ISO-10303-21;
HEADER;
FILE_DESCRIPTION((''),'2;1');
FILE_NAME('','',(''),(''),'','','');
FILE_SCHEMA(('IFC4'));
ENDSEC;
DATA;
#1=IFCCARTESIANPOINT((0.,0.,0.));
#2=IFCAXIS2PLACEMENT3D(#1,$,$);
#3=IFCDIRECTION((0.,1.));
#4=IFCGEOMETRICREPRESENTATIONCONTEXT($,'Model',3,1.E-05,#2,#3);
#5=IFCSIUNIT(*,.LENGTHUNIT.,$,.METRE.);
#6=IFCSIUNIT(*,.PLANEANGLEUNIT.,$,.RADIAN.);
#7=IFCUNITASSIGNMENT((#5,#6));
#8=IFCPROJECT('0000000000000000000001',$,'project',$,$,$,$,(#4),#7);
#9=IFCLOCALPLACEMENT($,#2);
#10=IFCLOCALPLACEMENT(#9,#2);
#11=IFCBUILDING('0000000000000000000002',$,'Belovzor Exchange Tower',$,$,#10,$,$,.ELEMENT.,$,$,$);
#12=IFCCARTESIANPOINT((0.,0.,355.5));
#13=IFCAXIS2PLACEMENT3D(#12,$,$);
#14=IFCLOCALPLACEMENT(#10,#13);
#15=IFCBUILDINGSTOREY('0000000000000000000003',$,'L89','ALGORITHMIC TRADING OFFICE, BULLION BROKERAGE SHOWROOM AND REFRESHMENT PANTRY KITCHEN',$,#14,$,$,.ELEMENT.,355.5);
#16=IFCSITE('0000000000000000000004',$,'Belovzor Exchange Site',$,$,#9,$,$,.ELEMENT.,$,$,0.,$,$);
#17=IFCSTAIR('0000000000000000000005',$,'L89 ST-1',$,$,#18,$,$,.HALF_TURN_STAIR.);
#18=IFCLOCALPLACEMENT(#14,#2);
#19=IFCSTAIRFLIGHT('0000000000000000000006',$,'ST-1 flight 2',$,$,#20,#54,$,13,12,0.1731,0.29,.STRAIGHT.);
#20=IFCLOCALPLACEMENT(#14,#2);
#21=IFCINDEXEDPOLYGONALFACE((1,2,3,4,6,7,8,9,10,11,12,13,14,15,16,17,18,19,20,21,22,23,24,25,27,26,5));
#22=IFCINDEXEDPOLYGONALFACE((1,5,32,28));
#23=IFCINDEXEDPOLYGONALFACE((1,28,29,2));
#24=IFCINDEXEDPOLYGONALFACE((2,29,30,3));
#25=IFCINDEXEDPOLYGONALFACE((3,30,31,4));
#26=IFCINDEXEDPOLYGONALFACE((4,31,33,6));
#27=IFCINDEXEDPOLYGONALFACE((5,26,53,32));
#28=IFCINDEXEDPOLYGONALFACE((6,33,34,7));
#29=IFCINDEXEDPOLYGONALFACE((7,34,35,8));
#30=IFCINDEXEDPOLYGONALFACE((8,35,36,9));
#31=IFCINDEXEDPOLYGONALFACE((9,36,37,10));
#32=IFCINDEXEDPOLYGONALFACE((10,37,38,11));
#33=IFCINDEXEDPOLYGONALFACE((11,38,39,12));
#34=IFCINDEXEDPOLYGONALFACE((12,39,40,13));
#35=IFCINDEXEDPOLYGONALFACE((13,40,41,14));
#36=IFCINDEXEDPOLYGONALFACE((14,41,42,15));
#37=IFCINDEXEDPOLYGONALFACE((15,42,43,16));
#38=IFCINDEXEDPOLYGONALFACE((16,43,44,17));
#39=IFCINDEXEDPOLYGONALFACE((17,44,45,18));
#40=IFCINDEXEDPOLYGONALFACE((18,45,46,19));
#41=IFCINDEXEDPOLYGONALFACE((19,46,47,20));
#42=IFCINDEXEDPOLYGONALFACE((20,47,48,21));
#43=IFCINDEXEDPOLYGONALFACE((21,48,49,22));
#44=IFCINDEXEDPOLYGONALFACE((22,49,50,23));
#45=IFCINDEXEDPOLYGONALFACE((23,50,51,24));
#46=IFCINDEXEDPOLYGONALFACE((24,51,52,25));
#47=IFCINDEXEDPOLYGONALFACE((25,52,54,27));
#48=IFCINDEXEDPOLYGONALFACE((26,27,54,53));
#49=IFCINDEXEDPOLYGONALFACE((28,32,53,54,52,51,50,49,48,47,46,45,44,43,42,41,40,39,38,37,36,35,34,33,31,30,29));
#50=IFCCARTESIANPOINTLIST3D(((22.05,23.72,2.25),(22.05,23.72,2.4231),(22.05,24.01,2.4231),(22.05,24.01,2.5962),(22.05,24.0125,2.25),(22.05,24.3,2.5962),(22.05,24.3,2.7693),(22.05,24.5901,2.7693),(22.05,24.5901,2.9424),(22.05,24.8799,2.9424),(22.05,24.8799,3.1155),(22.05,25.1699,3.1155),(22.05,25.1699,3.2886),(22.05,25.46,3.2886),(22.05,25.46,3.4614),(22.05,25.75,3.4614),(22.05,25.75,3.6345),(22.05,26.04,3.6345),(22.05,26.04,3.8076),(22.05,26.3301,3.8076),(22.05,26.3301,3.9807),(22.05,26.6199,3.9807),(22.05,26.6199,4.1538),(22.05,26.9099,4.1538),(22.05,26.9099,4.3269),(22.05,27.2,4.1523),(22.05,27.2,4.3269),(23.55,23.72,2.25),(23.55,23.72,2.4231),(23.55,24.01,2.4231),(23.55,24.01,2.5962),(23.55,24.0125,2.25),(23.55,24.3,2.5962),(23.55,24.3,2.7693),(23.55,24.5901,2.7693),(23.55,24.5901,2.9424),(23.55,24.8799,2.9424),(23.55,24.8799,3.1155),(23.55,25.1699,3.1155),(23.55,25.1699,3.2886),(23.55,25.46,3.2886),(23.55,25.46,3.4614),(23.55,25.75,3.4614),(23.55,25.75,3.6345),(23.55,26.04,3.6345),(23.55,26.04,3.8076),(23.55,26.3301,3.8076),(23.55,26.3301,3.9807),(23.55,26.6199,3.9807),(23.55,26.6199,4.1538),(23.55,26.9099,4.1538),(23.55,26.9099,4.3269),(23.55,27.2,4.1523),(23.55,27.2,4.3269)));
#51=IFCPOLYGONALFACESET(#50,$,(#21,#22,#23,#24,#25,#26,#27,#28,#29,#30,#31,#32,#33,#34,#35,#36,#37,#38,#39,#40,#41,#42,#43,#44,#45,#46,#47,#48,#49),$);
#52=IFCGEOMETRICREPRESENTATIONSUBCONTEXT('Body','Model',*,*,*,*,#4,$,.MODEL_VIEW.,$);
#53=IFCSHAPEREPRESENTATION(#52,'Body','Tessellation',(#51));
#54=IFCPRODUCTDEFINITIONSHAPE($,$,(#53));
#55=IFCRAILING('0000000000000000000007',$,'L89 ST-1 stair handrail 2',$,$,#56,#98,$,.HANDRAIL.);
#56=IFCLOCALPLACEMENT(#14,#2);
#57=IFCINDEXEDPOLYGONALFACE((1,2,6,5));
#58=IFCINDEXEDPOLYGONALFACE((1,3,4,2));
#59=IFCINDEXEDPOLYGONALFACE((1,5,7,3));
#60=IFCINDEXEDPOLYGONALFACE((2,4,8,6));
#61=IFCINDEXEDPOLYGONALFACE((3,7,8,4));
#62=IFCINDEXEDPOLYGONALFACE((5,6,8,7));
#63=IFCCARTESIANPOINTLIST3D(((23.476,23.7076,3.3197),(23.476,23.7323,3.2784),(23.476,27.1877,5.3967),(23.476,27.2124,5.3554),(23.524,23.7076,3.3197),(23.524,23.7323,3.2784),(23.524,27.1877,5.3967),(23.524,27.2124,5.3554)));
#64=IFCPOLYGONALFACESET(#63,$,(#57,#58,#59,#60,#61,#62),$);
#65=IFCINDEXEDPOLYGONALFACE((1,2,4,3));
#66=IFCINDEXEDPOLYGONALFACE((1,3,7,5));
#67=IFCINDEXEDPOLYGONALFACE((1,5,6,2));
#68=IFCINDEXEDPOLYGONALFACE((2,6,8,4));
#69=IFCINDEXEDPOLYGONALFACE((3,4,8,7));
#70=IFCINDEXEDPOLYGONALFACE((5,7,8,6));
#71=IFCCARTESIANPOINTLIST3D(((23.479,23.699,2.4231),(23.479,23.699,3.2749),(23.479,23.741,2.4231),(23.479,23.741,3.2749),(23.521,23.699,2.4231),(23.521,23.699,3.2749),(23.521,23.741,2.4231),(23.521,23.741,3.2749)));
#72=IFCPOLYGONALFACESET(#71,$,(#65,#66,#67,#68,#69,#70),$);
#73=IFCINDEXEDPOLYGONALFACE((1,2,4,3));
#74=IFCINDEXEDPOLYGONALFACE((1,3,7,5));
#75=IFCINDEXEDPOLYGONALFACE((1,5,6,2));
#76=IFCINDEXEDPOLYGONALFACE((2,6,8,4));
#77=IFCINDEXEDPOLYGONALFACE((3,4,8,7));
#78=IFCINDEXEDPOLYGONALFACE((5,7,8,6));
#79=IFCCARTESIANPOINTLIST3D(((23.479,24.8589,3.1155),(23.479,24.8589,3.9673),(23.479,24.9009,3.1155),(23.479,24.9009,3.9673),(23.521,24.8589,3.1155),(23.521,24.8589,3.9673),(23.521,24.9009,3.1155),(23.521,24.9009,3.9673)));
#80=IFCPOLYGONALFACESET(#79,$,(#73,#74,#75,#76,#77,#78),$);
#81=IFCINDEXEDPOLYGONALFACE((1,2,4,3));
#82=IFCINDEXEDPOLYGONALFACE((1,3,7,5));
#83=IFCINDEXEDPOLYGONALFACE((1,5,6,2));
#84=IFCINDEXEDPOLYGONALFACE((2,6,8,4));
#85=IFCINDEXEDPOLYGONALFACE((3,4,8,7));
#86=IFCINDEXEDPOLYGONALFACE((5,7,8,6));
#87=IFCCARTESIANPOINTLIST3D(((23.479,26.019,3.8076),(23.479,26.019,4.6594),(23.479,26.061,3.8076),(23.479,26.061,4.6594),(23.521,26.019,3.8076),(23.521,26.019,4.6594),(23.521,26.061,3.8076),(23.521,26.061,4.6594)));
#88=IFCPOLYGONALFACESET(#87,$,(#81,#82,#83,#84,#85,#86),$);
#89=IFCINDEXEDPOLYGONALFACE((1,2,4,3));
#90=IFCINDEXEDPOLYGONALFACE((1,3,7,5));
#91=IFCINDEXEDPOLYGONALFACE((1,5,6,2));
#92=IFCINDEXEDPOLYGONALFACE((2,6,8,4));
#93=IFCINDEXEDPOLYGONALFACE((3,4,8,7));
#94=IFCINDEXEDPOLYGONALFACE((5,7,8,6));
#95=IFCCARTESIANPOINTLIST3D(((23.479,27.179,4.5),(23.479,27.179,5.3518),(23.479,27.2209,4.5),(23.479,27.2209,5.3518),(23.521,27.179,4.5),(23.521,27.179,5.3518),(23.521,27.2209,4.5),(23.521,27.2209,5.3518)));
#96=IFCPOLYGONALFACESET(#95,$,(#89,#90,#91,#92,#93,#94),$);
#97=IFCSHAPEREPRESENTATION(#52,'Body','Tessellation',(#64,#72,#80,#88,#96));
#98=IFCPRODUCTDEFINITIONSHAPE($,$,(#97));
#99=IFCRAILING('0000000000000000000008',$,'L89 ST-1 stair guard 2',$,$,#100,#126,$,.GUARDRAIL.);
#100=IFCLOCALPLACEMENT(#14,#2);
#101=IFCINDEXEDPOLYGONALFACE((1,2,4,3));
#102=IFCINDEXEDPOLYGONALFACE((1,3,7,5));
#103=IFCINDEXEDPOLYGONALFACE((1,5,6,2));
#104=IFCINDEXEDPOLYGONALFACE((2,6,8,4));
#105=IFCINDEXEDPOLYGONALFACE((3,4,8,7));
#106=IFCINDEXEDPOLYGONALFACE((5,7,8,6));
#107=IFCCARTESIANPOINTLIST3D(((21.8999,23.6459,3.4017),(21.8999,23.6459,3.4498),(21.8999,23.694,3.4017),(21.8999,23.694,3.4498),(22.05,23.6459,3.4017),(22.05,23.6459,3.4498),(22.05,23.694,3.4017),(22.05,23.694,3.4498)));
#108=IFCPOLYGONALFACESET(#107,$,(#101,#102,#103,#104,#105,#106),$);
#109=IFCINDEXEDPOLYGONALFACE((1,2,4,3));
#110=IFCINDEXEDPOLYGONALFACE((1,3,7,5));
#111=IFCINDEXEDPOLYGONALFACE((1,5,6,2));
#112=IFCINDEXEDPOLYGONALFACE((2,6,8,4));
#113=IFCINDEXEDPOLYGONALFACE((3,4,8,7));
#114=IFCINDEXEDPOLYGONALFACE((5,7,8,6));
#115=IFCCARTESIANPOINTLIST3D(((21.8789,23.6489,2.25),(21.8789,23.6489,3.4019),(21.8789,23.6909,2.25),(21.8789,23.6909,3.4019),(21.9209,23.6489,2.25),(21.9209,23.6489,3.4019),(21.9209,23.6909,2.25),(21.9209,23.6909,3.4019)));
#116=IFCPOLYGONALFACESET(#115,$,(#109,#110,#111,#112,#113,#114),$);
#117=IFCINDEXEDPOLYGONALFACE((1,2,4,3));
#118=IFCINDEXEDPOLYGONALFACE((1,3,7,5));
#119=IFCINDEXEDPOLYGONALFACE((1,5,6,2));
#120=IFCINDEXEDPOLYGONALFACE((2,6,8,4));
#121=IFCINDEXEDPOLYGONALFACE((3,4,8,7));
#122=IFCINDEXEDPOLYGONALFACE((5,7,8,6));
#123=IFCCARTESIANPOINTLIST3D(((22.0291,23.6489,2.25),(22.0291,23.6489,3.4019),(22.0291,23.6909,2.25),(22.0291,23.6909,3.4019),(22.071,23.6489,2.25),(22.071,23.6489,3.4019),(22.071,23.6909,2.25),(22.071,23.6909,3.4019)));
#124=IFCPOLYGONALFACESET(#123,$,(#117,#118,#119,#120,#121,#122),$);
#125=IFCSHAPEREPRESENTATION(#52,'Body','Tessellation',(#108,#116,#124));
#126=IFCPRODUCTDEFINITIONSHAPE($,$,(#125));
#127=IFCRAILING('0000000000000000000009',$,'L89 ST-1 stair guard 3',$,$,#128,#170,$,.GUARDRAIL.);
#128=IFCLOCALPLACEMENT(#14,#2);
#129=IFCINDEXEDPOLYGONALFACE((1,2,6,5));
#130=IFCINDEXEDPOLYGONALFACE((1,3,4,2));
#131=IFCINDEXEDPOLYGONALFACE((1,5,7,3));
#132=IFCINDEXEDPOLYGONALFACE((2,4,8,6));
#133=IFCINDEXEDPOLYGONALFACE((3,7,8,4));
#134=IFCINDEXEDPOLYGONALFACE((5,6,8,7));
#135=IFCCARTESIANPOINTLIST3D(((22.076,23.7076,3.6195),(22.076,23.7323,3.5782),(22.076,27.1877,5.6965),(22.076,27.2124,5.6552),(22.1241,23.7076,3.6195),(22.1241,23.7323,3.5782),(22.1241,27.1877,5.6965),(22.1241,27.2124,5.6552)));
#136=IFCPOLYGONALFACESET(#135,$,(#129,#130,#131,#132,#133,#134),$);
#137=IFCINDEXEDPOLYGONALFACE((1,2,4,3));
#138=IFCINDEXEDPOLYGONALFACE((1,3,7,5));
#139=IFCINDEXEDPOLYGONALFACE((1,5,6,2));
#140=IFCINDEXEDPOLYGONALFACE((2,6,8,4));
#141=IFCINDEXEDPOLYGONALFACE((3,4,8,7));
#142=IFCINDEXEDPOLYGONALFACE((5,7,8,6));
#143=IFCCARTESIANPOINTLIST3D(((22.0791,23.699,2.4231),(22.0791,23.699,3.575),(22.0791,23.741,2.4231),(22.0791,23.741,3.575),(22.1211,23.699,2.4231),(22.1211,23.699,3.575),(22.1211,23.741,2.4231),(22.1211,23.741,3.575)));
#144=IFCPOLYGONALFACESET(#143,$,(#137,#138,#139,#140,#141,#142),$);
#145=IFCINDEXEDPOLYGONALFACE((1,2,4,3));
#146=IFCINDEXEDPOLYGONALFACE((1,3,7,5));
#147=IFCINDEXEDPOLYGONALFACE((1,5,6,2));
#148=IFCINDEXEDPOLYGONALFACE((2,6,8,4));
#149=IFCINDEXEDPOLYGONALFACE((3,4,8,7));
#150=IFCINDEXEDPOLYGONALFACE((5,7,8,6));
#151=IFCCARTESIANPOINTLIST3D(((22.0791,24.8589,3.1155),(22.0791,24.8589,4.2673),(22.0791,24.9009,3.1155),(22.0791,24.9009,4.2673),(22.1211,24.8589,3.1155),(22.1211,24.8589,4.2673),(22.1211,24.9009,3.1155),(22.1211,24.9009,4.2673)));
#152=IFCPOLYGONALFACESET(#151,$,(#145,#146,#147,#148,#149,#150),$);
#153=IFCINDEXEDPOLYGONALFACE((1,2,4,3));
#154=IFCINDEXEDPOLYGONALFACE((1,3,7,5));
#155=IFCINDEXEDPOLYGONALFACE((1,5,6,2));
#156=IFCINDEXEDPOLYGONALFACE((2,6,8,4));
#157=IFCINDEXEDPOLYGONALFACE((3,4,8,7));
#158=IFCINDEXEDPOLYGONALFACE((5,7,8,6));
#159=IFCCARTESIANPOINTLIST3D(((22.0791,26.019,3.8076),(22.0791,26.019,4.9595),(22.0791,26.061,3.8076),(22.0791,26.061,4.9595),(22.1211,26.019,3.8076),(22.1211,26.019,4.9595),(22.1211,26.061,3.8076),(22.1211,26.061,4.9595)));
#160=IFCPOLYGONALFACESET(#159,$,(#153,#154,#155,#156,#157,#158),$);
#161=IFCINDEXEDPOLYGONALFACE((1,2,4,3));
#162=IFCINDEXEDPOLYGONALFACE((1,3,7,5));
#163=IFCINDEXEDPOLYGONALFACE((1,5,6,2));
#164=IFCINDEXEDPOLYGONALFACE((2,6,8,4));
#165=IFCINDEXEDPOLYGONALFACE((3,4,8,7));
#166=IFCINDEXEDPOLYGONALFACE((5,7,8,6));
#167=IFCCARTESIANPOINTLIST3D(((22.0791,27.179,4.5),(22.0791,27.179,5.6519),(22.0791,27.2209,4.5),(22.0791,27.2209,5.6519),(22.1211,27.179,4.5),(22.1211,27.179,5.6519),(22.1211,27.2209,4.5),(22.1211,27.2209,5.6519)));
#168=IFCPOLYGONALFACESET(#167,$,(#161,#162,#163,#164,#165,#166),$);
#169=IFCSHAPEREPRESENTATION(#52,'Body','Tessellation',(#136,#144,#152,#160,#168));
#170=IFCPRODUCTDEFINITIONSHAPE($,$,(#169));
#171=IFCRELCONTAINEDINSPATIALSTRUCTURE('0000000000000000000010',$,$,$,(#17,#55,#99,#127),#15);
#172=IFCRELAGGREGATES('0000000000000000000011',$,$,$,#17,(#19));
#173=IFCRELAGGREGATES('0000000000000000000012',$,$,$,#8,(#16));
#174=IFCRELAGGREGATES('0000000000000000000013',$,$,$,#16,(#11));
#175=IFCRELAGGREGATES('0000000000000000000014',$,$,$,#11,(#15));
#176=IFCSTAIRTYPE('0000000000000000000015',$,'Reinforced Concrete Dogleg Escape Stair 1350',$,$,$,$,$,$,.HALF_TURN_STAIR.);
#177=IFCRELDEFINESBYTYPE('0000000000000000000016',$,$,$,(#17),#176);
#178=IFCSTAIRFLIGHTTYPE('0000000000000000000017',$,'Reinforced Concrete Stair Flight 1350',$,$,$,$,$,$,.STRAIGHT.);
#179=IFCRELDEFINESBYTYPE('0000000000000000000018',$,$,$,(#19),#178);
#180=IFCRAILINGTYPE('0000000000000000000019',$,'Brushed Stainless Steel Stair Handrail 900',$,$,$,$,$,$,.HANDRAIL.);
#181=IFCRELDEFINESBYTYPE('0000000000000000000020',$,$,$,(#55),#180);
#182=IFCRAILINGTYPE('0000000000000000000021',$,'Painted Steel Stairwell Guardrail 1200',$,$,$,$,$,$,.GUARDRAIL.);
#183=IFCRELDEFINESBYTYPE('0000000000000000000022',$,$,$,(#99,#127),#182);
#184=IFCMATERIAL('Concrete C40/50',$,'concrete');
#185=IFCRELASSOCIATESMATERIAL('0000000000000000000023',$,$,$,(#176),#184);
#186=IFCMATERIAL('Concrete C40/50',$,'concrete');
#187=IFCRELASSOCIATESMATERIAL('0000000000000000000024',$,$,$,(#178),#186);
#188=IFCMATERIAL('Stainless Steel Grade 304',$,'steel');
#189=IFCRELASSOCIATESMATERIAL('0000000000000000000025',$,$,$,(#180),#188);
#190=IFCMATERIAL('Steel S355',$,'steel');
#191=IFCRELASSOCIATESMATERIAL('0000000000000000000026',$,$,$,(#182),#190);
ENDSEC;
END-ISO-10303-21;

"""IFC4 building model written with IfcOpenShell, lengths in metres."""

from ifc_helpers import new_model, si_unit, direction, frame, origin, origin_2d, place, context, subcontext, project, spatial, polyline, rectangle, outline, extrude, material, type_object, element, aggregate, save


model = new_model("IFC4")

# Units and contexts
model_context = context("Model", 3, precision=1e-05, world=origin(), true_north=direction((0.0, 1.0)))
body_context = subcontext(model_context, "Body", "Model", "MODEL_VIEW")
ifc_project = project(units=[si_unit("LENGTHUNIT", "METRE"), si_unit("PLANEANGLEUNIT", "RADIAN")], contexts=[model_context])

# Site, building, storey
site_placement = place(None, origin())
site = spatial("IfcSite", under=ifc_project, at=site_placement, Name="Belovzor Exchange Site", CompositionType="ELEMENT", RefElevation=0.0)
building_placement = place(site_placement, origin())
building = spatial("IfcBuilding", under=site, at=building_placement, Name="Belovzor Exchange Tower", CompositionType="ELEMENT")
storey_placement = place(building_placement, frame((0.0, 0.0, 355.5)))
storey = spatial("IfcBuildingStorey", under=building, at=storey_placement, Name="L89", Description="ALGORITHMIC TRADING OFFICE, BULLION BROKERAGE SHOWROOM AND REFRESHMENT PANTRY KITCHEN", CompositionType="ELEMENT", Elevation=355.5)

# Stair, stair flight
ifc_material_1 = material(Name="Concrete C40/50", Category="concrete")
stair_type = type_object("IfcStairType", Name="Reinforced Concrete Dogleg Escape Stair 1350", PredefinedType="HALF_TURN_STAIR", material=ifc_material_1)
stair_placement = place(storey_placement, origin())
stair = element("IfcStair", 1, at=stair_placement, inside=storey, type_object=stair_type, Name="L89 ST-1", PredefinedType="HALF_TURN_STAIR")
ifc_material_2 = material(Name="Concrete C40/50", Category="concrete")
stair_flight_type = type_object("IfcStairFlightType", Name="Reinforced Concrete Stair Flight 1350", PredefinedType="STRAIGHT", material=ifc_material_2)
stair_flight_placement = place(storey_placement, frame((22.8, 23.72, 2.25), z_axis=(0.0, 0.0, 1.0), x_axis=(0.0, 1.0, 0.0)))
stair_flight = element("IfcStairFlight", 2, at=stair_flight_placement, type_object=stair_flight_type, Name="ST-1 flight 2", NumberOfRisers=13, NumberOfTreads=12, PredefinedType="STRAIGHT", RiserHeight=0.1731, TreadLength=0.29, context=body_context, shape_type="SweptSolid", body=[
    extrude(outline(polyline([(0.0, 0.0), (0.0, 0.1731), (0.29, 0.1731), (0.29, 0.3462), (0.5801, 0.3462), (0.5801, 0.5193), (0.8701, 0.5193), (0.8701, 0.6924), (1.1599, 0.6924), (1.1599, 0.8655), (1.45, 0.8655), (1.45, 1.0386), (1.74, 1.0386), (1.74, 1.2114), (2.03, 1.2114), (2.03, 1.3845), (2.3201, 1.3845), (2.3201, 1.5576), (2.6101, 1.5576), (2.6101, 1.7307), (2.8999, 1.7307), (2.8999, 1.9038), (3.1899, 1.9038), (3.1899, 2.0769), (3.48, 2.0769), (3.48, 2.25), (3.48, 1.9023), (0.2925, 0.0), (0.0, 0.0)])), frame((0.0, 0.75, 0.0), z_axis=(0.0, -1.0, 0.0), x_axis=(1.0, 0.0, 0.0)), (0.0, 0.0, 1.0), 1.5),
])
aggregate(stair, [stair_flight])

# Railings
ifc_material_3 = material(Name="Stainless Steel Grade 304", Category="steel")
railing_type_1 = type_object("IfcRailingType", Name="Brushed Stainless Steel Stair Handrail 900", PredefinedType="HANDRAIL", material=ifc_material_3)
railing_1_placement = place(storey_placement, frame((23.5, 23.72, 2.4231)))
element("IfcRailing", 3, at=railing_1_placement, inside=storey, type_object=railing_type_1, Name="L89 ST-1 stair handrail 2", PredefinedType="HANDRAIL", context=body_context, shape_type="SweptSolid", body=[
    extrude(rectangle(XDim=0.0481, YDim=0.0481, at=origin_2d()), frame((0.0, 0.0, 0.876), z_axis=(0.0, 0.858697, 0.512483), x_axis=(-1.0, 0.0, 0.0)), (0.0, 0.0, 1.0), 4.0527),
    extrude(rectangle(XDim=0.042, YDim=0.042, at=origin_2d()), origin(), (0.0, 0.0, 1.0), 0.8518),
    extrude(rectangle(XDim=0.042, YDim=0.042, at=origin_2d()), frame((0.0, 1.1599, 0.6924)), (0.0, 0.0, 1.0), 0.8518),
    extrude(rectangle(XDim=0.042, YDim=0.042, at=origin_2d()), frame((0.0, 2.3201, 1.3845)), (0.0, 0.0, 1.0), 0.8518),
    extrude(rectangle(XDim=0.042, YDim=0.042, at=origin_2d()), frame((0.0, 3.48, 2.0769)), (0.0, 0.0, 1.0), 0.8518),
])
ifc_material_4 = material(Name="Steel S355", Category="steel")
railing_type_2 = type_object("IfcRailingType", Name="Painted Steel Stairwell Guardrail 1200", PredefinedType="GUARDRAIL", material=ifc_material_4)
railing_2_placement = place(storey_placement, frame((21.8999, 23.6699, 2.25)))
element("IfcRailing", 4, at=railing_2_placement, inside=storey, type_object=railing_type_2, Name="L89 ST-1 stair guard 2", PredefinedType="GUARDRAIL", context=body_context, shape_type="SweptSolid", body=[
    extrude(rectangle(XDim=0.0481, YDim=0.0481, at=origin_2d()), frame((0.0, 0.0, 1.1758), z_axis=(1.0, 0.0, 0.0), x_axis=(0.0, 1.0, 0.0)), (0.0, 0.0, 1.0), 0.1501),
    extrude(rectangle(XDim=0.042, YDim=0.042, at=origin_2d()), origin(), (0.0, 0.0, 1.0), 1.1519),
    extrude(rectangle(XDim=0.042, YDim=0.042, at=origin_2d()), frame((0.1501, 0.0, 0.0)), (0.0, 0.0, 1.0), 1.1519),
])
railing_3_placement = place(storey_placement, frame((22.1001, 23.72, 2.4231)))
element("IfcRailing", 5, at=railing_3_placement, inside=storey, type_object=railing_type_2, Name="L89 ST-1 stair guard 3", PredefinedType="GUARDRAIL", context=body_context, shape_type="SweptSolid", body=[
    extrude(rectangle(XDim=0.0481, YDim=0.0481, at=origin_2d()), frame((0.0, 0.0, 1.1758), z_axis=(0.0, 0.858697, 0.512483), x_axis=(-1.0, 0.0, 0.0)), (0.0, 0.0, 1.0), 4.0527),
    extrude(rectangle(XDim=0.042, YDim=0.042, at=origin_2d()), origin(), (0.0, 0.0, 1.0), 1.1519),
    extrude(rectangle(XDim=0.042, YDim=0.042, at=origin_2d()), frame((0.0, 1.1599, 0.6924)), (0.0, 0.0, 1.0), 1.1519),
    extrude(rectangle(XDim=0.042, YDim=0.042, at=origin_2d()), frame((0.0, 2.3201, 1.3845)), (0.0, 0.0, 1.0), 1.1519),
    extrude(rectangle(XDim=0.042, YDim=0.042, at=origin_2d()), frame((0.0, 3.48, 2.0769)), (0.0, 0.0, 1.0), 1.1519),
])

save(model, "model.ifc")
